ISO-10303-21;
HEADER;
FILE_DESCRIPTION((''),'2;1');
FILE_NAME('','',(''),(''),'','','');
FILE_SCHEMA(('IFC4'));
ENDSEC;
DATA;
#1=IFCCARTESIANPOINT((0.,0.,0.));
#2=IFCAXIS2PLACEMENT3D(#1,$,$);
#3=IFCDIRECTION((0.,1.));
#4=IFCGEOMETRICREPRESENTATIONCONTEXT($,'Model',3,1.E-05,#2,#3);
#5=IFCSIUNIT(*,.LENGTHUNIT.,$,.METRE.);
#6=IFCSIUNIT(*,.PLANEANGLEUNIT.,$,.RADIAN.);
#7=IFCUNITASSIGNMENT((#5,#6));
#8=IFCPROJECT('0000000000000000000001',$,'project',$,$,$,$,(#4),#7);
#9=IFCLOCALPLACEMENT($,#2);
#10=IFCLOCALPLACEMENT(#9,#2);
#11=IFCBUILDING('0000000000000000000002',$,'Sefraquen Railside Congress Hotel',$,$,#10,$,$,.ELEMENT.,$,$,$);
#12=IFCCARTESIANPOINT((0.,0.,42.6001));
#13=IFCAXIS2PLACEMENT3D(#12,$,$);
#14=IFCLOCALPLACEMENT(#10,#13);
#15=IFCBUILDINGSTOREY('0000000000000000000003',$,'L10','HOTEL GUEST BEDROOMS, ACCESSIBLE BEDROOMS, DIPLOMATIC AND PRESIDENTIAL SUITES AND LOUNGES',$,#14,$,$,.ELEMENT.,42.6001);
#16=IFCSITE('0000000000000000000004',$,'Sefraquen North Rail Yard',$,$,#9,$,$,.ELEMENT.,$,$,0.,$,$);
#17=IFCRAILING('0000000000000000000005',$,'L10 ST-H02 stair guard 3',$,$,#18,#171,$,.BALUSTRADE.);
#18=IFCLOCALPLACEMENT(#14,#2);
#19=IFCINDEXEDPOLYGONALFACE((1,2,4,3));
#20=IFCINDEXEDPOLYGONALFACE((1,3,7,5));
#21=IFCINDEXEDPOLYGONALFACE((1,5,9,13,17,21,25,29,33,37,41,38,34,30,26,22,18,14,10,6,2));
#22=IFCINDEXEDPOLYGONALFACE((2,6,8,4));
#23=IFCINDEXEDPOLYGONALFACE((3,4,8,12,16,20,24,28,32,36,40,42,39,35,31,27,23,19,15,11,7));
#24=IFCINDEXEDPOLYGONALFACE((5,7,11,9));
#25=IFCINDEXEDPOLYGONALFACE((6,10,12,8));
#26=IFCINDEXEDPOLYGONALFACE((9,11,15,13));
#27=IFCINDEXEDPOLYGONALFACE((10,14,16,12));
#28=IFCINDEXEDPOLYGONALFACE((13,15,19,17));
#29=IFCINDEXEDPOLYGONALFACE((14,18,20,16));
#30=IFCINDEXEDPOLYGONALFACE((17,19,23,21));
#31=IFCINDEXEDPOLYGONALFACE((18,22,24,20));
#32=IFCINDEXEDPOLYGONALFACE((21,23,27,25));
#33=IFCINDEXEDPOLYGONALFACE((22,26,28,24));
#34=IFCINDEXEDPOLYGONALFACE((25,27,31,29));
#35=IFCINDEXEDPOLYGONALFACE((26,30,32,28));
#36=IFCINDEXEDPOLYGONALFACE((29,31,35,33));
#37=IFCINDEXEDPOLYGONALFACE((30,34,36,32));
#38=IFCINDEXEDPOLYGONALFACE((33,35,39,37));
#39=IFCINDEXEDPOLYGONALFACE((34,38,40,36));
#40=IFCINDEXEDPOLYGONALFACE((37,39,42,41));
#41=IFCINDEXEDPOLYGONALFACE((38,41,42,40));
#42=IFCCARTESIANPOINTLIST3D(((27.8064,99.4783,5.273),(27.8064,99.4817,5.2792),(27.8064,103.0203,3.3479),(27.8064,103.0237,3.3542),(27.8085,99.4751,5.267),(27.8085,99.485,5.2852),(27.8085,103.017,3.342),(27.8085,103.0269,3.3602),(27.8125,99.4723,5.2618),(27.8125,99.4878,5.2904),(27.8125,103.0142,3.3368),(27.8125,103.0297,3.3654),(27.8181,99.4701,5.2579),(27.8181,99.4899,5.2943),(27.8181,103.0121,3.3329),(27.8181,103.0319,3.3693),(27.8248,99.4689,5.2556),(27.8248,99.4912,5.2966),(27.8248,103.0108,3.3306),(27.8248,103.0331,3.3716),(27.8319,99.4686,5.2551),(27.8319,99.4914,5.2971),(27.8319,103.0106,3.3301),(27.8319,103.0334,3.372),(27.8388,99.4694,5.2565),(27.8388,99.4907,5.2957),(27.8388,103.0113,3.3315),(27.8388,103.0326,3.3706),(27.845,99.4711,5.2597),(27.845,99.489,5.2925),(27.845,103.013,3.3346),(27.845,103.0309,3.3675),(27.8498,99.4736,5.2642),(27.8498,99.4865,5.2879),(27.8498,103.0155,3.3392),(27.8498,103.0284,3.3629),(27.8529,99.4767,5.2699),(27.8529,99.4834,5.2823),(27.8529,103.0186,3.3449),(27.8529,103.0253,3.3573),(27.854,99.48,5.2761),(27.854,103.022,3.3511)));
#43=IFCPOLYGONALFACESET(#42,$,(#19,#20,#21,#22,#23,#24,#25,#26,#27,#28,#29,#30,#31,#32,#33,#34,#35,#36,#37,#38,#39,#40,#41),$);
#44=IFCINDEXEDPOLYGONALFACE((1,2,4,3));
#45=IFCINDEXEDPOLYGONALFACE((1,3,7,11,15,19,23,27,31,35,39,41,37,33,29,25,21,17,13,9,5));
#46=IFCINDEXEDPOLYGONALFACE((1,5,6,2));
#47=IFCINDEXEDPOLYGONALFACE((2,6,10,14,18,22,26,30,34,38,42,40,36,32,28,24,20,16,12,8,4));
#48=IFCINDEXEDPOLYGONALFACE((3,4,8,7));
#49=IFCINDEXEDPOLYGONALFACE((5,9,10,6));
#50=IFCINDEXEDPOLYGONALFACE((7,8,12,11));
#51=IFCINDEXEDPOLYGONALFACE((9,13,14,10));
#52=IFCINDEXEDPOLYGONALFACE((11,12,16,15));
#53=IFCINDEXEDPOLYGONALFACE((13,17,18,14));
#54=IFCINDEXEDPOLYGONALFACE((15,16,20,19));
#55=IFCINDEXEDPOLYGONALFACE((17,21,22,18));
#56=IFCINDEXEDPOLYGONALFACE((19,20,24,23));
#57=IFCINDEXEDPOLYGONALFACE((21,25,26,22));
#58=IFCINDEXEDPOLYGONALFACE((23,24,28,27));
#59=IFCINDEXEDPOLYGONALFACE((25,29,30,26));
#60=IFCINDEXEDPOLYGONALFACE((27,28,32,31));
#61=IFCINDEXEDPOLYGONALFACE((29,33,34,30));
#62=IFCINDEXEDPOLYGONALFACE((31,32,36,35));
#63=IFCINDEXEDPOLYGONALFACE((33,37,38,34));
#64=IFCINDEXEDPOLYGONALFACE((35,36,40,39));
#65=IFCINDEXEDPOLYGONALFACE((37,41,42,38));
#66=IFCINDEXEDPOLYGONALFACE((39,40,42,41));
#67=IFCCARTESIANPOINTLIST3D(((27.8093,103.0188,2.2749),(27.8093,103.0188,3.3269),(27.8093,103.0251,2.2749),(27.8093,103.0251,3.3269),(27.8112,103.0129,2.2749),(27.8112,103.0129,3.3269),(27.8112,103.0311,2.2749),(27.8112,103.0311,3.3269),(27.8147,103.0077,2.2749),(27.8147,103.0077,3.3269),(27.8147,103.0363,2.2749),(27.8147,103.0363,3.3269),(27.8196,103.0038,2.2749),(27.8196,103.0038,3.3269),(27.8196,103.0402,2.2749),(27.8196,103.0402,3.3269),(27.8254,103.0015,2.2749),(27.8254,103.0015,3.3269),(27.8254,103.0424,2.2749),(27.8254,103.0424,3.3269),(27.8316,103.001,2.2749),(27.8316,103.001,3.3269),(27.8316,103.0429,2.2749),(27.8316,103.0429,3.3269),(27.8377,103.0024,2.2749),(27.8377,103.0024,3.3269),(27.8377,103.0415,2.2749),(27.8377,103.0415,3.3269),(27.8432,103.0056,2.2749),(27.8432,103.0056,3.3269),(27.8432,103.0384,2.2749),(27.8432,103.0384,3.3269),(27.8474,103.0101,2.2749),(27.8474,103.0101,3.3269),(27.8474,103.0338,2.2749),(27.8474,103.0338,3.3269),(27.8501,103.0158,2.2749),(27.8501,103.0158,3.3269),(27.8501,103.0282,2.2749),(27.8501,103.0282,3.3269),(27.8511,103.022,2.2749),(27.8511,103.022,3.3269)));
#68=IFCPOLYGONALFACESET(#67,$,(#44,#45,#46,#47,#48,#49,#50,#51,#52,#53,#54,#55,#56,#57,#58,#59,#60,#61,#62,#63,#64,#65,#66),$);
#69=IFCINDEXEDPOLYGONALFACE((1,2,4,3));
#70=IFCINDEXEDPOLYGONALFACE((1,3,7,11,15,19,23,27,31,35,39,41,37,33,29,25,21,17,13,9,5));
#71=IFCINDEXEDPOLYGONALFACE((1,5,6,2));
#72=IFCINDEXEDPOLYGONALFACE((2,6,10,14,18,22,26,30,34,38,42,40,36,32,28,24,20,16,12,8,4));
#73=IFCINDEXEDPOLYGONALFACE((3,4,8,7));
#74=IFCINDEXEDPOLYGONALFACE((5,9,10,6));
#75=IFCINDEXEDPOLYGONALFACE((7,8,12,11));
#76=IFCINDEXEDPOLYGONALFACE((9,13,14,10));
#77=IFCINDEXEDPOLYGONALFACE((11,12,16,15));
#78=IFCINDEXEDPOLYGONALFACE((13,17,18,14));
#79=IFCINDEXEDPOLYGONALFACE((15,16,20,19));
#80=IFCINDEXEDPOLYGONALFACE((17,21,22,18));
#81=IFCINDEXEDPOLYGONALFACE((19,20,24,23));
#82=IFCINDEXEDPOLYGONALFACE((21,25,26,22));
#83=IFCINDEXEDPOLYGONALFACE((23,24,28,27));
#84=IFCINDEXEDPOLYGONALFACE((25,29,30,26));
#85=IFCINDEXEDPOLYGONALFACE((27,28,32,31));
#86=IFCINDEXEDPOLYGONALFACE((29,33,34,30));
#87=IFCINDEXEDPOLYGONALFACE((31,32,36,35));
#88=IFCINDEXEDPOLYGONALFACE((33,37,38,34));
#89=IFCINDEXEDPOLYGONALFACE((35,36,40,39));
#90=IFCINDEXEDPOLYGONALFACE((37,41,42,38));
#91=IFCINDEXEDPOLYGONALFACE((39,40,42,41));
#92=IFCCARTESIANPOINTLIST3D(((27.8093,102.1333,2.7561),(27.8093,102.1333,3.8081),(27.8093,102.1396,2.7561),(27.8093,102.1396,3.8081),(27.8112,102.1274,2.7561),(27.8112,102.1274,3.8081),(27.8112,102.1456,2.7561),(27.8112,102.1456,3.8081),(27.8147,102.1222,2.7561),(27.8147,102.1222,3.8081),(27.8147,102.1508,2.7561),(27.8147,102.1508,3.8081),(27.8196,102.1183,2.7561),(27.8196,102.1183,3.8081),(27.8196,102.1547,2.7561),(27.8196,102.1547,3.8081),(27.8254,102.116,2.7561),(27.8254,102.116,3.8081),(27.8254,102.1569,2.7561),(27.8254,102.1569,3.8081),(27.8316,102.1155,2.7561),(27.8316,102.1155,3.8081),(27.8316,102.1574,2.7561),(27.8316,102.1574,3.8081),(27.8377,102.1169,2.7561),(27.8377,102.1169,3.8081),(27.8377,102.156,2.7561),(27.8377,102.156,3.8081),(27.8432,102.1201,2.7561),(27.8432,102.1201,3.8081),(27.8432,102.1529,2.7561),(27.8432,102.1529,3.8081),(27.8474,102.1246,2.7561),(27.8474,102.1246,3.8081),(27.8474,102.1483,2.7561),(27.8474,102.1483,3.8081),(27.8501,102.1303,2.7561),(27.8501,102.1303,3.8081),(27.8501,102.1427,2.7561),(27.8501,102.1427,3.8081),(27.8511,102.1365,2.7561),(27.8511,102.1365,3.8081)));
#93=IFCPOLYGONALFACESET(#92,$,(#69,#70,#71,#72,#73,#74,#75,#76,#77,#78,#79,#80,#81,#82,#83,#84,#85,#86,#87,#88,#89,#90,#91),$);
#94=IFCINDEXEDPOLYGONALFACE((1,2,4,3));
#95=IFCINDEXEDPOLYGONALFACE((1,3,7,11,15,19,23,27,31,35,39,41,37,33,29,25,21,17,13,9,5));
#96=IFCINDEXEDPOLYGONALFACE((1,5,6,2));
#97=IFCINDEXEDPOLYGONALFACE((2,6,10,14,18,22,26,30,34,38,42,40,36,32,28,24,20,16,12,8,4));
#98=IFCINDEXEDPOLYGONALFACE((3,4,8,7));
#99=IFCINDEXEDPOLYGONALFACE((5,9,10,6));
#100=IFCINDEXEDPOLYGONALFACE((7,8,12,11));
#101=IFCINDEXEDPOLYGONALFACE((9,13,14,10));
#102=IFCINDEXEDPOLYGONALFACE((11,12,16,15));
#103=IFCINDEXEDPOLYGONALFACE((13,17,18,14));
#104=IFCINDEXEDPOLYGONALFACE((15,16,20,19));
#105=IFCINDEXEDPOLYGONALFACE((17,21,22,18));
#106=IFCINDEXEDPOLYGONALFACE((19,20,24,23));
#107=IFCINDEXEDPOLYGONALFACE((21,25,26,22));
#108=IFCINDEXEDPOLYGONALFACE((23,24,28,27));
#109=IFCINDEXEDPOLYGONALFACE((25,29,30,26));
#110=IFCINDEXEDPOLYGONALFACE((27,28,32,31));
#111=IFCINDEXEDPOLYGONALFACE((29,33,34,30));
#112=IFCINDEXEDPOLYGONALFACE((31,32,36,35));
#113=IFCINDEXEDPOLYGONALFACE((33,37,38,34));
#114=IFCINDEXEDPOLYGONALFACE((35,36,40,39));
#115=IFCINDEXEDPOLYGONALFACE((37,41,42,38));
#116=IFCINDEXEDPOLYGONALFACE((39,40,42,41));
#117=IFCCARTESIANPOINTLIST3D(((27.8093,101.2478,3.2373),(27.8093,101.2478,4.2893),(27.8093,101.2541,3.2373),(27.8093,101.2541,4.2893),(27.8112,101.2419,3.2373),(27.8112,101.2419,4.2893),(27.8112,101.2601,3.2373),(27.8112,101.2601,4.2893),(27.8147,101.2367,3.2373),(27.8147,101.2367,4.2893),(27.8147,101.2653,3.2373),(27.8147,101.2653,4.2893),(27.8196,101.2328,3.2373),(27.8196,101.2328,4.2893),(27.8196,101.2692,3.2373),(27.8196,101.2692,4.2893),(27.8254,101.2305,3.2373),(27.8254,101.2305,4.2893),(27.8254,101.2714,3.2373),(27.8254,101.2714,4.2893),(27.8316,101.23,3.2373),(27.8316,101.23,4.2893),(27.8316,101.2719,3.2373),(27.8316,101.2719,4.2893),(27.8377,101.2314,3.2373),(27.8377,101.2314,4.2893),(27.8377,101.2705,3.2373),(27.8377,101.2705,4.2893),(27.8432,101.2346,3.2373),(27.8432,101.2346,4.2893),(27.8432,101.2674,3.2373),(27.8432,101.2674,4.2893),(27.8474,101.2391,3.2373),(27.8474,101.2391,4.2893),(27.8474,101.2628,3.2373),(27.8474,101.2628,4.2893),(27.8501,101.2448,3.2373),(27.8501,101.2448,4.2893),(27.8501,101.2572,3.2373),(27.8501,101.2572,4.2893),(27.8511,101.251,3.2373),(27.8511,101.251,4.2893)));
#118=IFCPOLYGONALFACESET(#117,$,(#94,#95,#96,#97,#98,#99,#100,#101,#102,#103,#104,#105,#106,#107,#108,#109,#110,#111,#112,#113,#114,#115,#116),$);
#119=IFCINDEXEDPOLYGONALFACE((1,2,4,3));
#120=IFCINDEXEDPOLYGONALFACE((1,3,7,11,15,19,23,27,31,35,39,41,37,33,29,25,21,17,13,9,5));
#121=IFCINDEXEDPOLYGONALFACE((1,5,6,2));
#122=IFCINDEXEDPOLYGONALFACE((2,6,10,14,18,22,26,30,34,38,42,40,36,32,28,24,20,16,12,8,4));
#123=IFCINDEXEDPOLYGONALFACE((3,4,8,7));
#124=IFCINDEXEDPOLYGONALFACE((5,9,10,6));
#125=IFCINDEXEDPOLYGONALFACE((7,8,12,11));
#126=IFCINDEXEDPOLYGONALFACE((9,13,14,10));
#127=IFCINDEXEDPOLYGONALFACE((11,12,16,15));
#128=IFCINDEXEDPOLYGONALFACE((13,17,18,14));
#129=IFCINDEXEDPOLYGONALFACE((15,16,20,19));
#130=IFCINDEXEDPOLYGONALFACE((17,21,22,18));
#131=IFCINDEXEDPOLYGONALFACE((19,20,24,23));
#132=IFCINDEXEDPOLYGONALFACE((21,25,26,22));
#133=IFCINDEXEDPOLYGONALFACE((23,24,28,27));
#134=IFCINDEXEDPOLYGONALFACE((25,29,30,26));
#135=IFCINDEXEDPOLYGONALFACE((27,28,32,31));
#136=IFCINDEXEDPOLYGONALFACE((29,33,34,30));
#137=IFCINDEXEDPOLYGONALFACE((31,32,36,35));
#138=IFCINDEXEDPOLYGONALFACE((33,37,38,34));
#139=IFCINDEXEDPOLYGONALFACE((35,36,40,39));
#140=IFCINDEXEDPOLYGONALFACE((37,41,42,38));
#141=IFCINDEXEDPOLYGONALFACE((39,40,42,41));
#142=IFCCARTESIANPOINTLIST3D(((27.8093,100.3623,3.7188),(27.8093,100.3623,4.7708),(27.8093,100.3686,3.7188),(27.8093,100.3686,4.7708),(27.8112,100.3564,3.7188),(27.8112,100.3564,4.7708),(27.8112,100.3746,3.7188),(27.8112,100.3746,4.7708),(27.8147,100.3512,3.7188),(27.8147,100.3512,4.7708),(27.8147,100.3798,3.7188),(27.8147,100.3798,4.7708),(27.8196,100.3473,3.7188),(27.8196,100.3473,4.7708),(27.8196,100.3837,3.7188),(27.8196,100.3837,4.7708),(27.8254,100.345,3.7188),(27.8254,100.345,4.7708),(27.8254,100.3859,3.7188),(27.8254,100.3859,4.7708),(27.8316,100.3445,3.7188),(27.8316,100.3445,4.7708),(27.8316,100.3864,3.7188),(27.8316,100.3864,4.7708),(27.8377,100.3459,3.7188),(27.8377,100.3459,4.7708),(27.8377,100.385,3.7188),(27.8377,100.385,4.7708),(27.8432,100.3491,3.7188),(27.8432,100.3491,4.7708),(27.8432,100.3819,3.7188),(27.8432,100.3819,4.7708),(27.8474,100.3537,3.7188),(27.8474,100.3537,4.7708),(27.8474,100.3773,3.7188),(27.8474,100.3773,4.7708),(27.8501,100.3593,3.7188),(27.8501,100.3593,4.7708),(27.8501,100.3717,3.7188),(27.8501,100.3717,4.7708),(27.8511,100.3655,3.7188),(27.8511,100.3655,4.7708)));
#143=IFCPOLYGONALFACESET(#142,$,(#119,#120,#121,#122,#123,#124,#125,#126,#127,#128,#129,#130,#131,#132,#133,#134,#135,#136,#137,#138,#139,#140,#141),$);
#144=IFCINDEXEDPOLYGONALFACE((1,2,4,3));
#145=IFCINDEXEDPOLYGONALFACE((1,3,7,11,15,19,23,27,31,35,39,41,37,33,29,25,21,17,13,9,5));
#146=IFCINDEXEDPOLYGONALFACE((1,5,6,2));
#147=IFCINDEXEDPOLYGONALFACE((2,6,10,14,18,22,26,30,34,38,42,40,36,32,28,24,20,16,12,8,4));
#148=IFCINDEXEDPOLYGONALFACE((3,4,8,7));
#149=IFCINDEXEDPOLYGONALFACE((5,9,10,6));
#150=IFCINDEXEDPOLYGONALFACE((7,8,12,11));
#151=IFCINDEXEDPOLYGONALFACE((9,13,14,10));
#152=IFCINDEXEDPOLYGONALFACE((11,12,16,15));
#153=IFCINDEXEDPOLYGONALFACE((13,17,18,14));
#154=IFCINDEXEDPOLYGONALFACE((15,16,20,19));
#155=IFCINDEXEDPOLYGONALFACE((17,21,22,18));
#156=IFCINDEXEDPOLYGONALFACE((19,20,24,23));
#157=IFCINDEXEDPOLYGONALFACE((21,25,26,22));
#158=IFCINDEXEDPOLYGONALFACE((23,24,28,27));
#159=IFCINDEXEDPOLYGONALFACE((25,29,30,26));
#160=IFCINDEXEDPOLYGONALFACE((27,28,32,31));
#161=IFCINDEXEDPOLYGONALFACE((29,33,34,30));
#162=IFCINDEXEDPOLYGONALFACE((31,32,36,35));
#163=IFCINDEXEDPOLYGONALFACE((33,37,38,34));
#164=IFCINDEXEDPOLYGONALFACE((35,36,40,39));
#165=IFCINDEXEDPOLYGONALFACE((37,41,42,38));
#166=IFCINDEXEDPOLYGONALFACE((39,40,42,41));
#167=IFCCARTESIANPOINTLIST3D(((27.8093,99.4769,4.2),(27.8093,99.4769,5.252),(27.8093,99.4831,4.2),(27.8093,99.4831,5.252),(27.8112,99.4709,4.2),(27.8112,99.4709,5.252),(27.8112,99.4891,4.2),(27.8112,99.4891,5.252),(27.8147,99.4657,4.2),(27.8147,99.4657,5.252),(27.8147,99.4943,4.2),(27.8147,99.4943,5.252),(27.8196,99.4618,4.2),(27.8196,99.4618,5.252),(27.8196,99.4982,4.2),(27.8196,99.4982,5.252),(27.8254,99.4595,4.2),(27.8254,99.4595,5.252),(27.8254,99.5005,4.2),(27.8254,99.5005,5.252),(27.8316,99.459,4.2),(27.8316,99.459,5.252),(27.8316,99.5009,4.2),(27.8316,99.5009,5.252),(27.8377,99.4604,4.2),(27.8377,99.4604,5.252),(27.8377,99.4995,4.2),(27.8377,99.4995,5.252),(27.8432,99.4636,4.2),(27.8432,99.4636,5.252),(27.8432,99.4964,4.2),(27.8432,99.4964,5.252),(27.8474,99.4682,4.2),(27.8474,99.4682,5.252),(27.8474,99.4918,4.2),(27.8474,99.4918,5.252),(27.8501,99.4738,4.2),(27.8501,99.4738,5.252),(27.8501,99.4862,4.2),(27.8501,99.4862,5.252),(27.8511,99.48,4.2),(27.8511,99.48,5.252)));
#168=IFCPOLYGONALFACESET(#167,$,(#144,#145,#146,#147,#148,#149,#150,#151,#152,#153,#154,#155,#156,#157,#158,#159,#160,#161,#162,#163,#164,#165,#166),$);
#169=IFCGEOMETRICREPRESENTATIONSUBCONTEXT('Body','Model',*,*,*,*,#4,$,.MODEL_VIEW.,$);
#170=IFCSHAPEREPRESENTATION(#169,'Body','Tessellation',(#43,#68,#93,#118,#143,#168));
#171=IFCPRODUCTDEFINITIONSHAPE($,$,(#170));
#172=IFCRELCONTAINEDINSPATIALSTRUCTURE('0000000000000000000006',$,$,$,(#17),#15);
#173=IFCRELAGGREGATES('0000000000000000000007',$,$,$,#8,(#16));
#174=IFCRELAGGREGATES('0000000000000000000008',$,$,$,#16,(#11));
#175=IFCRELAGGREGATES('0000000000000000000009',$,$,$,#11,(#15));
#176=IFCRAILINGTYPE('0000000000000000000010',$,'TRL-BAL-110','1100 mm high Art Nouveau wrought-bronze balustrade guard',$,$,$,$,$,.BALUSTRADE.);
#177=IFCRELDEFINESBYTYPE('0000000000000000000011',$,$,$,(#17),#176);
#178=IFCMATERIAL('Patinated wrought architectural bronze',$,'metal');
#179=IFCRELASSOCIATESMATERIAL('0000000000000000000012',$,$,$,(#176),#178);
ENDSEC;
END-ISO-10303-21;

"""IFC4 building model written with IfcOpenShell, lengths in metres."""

from ifc_helpers import new_model, si_unit, direction, frame, origin, origin_2d, place, context, subcontext, project, spatial, circle, extrude, material, type_object, element, save


model = new_model("IFC4")

# Units and contexts
model_context = context("Model", 3, precision=1e-05, world=origin(), true_north=direction((0.0, 1.0)))
body_context = subcontext(model_context, "Body", "Model", "MODEL_VIEW")
ifc_project = project(units=[si_unit("LENGTHUNIT", "METRE"), si_unit("PLANEANGLEUNIT", "RADIAN")], contexts=[model_context])

# Site, building, storey
site_placement = place(None, origin())
site = spatial("IfcSite", under=ifc_project, at=site_placement, Name="Sefraquen North Rail Yard", CompositionType="ELEMENT", RefElevation=0.0)
building_placement = place(site_placement, origin())
building = spatial("IfcBuilding", under=site, at=building_placement, Name="Sefraquen Railside Congress Hotel", CompositionType="ELEMENT")
storey_placement = place(building_placement, frame((0.0, 0.0, 42.6001)))
storey = spatial("IfcBuildingStorey", under=building, at=storey_placement, Name="L10", Description="HOTEL GUEST BEDROOMS, ACCESSIBLE BEDROOMS, DIPLOMATIC AND PRESIDENTIAL SUITES AND LOUNGES", CompositionType="ELEMENT", Elevation=42.6001)

# Railing
ifc_material_1 = material(Name="Patinated wrought architectural bronze", Category="metal")
railing_type_1 = type_object("IfcRailingType", Name="TRL-BAL-110", Description="1100 mm high Art Nouveau wrought-bronze balustrade guard", PredefinedType="BALUSTRADE", material=ifc_material_1)
railing_1_placement = place(storey_placement, frame((27.8301, 103.022, 2.2749)))
element("IfcRailing", 1, at=railing_1_placement, inside=storey, type_object=railing_type_1, Name="L10 ST-H02 stair guard 3", PredefinedType="BALUSTRADE", context=body_context, shape_type="SweptSolid", body=[
    extrude(circle(Radius=0.0239, at=origin_2d()), frame((0.0, 0.0, 1.0762), z_axis=(0.0, -0.878619, 0.477523), x_axis=(1.0, 0.0, 0.0)), (0.0, 0.0, 1.0), 4.0312),
    extrude(circle(Radius=0.021, at=origin_2d()), origin(), (0.0, 0.0, 1.0), 1.052),
    extrude(circle(Radius=0.021, at=origin_2d()), frame((0.0, -0.8855, 0.4812)), (0.0, 0.0, 1.0), 1.052),
    extrude(circle(Radius=0.021, at=origin_2d()), frame((0.0, -1.771, 0.9624)), (0.0, 0.0, 1.0), 1.052),
    extrude(circle(Radius=0.021, at=origin_2d()), frame((0.0, -2.6565, 1.4438)), (0.0, 0.0, 1.0), 1.052),
    extrude(circle(Radius=0.021, at=origin_2d()), frame((0.0, -3.542, 1.925)), (0.0, 0.0, 1.0), 1.052),
])

save(model, "model.ifc")
